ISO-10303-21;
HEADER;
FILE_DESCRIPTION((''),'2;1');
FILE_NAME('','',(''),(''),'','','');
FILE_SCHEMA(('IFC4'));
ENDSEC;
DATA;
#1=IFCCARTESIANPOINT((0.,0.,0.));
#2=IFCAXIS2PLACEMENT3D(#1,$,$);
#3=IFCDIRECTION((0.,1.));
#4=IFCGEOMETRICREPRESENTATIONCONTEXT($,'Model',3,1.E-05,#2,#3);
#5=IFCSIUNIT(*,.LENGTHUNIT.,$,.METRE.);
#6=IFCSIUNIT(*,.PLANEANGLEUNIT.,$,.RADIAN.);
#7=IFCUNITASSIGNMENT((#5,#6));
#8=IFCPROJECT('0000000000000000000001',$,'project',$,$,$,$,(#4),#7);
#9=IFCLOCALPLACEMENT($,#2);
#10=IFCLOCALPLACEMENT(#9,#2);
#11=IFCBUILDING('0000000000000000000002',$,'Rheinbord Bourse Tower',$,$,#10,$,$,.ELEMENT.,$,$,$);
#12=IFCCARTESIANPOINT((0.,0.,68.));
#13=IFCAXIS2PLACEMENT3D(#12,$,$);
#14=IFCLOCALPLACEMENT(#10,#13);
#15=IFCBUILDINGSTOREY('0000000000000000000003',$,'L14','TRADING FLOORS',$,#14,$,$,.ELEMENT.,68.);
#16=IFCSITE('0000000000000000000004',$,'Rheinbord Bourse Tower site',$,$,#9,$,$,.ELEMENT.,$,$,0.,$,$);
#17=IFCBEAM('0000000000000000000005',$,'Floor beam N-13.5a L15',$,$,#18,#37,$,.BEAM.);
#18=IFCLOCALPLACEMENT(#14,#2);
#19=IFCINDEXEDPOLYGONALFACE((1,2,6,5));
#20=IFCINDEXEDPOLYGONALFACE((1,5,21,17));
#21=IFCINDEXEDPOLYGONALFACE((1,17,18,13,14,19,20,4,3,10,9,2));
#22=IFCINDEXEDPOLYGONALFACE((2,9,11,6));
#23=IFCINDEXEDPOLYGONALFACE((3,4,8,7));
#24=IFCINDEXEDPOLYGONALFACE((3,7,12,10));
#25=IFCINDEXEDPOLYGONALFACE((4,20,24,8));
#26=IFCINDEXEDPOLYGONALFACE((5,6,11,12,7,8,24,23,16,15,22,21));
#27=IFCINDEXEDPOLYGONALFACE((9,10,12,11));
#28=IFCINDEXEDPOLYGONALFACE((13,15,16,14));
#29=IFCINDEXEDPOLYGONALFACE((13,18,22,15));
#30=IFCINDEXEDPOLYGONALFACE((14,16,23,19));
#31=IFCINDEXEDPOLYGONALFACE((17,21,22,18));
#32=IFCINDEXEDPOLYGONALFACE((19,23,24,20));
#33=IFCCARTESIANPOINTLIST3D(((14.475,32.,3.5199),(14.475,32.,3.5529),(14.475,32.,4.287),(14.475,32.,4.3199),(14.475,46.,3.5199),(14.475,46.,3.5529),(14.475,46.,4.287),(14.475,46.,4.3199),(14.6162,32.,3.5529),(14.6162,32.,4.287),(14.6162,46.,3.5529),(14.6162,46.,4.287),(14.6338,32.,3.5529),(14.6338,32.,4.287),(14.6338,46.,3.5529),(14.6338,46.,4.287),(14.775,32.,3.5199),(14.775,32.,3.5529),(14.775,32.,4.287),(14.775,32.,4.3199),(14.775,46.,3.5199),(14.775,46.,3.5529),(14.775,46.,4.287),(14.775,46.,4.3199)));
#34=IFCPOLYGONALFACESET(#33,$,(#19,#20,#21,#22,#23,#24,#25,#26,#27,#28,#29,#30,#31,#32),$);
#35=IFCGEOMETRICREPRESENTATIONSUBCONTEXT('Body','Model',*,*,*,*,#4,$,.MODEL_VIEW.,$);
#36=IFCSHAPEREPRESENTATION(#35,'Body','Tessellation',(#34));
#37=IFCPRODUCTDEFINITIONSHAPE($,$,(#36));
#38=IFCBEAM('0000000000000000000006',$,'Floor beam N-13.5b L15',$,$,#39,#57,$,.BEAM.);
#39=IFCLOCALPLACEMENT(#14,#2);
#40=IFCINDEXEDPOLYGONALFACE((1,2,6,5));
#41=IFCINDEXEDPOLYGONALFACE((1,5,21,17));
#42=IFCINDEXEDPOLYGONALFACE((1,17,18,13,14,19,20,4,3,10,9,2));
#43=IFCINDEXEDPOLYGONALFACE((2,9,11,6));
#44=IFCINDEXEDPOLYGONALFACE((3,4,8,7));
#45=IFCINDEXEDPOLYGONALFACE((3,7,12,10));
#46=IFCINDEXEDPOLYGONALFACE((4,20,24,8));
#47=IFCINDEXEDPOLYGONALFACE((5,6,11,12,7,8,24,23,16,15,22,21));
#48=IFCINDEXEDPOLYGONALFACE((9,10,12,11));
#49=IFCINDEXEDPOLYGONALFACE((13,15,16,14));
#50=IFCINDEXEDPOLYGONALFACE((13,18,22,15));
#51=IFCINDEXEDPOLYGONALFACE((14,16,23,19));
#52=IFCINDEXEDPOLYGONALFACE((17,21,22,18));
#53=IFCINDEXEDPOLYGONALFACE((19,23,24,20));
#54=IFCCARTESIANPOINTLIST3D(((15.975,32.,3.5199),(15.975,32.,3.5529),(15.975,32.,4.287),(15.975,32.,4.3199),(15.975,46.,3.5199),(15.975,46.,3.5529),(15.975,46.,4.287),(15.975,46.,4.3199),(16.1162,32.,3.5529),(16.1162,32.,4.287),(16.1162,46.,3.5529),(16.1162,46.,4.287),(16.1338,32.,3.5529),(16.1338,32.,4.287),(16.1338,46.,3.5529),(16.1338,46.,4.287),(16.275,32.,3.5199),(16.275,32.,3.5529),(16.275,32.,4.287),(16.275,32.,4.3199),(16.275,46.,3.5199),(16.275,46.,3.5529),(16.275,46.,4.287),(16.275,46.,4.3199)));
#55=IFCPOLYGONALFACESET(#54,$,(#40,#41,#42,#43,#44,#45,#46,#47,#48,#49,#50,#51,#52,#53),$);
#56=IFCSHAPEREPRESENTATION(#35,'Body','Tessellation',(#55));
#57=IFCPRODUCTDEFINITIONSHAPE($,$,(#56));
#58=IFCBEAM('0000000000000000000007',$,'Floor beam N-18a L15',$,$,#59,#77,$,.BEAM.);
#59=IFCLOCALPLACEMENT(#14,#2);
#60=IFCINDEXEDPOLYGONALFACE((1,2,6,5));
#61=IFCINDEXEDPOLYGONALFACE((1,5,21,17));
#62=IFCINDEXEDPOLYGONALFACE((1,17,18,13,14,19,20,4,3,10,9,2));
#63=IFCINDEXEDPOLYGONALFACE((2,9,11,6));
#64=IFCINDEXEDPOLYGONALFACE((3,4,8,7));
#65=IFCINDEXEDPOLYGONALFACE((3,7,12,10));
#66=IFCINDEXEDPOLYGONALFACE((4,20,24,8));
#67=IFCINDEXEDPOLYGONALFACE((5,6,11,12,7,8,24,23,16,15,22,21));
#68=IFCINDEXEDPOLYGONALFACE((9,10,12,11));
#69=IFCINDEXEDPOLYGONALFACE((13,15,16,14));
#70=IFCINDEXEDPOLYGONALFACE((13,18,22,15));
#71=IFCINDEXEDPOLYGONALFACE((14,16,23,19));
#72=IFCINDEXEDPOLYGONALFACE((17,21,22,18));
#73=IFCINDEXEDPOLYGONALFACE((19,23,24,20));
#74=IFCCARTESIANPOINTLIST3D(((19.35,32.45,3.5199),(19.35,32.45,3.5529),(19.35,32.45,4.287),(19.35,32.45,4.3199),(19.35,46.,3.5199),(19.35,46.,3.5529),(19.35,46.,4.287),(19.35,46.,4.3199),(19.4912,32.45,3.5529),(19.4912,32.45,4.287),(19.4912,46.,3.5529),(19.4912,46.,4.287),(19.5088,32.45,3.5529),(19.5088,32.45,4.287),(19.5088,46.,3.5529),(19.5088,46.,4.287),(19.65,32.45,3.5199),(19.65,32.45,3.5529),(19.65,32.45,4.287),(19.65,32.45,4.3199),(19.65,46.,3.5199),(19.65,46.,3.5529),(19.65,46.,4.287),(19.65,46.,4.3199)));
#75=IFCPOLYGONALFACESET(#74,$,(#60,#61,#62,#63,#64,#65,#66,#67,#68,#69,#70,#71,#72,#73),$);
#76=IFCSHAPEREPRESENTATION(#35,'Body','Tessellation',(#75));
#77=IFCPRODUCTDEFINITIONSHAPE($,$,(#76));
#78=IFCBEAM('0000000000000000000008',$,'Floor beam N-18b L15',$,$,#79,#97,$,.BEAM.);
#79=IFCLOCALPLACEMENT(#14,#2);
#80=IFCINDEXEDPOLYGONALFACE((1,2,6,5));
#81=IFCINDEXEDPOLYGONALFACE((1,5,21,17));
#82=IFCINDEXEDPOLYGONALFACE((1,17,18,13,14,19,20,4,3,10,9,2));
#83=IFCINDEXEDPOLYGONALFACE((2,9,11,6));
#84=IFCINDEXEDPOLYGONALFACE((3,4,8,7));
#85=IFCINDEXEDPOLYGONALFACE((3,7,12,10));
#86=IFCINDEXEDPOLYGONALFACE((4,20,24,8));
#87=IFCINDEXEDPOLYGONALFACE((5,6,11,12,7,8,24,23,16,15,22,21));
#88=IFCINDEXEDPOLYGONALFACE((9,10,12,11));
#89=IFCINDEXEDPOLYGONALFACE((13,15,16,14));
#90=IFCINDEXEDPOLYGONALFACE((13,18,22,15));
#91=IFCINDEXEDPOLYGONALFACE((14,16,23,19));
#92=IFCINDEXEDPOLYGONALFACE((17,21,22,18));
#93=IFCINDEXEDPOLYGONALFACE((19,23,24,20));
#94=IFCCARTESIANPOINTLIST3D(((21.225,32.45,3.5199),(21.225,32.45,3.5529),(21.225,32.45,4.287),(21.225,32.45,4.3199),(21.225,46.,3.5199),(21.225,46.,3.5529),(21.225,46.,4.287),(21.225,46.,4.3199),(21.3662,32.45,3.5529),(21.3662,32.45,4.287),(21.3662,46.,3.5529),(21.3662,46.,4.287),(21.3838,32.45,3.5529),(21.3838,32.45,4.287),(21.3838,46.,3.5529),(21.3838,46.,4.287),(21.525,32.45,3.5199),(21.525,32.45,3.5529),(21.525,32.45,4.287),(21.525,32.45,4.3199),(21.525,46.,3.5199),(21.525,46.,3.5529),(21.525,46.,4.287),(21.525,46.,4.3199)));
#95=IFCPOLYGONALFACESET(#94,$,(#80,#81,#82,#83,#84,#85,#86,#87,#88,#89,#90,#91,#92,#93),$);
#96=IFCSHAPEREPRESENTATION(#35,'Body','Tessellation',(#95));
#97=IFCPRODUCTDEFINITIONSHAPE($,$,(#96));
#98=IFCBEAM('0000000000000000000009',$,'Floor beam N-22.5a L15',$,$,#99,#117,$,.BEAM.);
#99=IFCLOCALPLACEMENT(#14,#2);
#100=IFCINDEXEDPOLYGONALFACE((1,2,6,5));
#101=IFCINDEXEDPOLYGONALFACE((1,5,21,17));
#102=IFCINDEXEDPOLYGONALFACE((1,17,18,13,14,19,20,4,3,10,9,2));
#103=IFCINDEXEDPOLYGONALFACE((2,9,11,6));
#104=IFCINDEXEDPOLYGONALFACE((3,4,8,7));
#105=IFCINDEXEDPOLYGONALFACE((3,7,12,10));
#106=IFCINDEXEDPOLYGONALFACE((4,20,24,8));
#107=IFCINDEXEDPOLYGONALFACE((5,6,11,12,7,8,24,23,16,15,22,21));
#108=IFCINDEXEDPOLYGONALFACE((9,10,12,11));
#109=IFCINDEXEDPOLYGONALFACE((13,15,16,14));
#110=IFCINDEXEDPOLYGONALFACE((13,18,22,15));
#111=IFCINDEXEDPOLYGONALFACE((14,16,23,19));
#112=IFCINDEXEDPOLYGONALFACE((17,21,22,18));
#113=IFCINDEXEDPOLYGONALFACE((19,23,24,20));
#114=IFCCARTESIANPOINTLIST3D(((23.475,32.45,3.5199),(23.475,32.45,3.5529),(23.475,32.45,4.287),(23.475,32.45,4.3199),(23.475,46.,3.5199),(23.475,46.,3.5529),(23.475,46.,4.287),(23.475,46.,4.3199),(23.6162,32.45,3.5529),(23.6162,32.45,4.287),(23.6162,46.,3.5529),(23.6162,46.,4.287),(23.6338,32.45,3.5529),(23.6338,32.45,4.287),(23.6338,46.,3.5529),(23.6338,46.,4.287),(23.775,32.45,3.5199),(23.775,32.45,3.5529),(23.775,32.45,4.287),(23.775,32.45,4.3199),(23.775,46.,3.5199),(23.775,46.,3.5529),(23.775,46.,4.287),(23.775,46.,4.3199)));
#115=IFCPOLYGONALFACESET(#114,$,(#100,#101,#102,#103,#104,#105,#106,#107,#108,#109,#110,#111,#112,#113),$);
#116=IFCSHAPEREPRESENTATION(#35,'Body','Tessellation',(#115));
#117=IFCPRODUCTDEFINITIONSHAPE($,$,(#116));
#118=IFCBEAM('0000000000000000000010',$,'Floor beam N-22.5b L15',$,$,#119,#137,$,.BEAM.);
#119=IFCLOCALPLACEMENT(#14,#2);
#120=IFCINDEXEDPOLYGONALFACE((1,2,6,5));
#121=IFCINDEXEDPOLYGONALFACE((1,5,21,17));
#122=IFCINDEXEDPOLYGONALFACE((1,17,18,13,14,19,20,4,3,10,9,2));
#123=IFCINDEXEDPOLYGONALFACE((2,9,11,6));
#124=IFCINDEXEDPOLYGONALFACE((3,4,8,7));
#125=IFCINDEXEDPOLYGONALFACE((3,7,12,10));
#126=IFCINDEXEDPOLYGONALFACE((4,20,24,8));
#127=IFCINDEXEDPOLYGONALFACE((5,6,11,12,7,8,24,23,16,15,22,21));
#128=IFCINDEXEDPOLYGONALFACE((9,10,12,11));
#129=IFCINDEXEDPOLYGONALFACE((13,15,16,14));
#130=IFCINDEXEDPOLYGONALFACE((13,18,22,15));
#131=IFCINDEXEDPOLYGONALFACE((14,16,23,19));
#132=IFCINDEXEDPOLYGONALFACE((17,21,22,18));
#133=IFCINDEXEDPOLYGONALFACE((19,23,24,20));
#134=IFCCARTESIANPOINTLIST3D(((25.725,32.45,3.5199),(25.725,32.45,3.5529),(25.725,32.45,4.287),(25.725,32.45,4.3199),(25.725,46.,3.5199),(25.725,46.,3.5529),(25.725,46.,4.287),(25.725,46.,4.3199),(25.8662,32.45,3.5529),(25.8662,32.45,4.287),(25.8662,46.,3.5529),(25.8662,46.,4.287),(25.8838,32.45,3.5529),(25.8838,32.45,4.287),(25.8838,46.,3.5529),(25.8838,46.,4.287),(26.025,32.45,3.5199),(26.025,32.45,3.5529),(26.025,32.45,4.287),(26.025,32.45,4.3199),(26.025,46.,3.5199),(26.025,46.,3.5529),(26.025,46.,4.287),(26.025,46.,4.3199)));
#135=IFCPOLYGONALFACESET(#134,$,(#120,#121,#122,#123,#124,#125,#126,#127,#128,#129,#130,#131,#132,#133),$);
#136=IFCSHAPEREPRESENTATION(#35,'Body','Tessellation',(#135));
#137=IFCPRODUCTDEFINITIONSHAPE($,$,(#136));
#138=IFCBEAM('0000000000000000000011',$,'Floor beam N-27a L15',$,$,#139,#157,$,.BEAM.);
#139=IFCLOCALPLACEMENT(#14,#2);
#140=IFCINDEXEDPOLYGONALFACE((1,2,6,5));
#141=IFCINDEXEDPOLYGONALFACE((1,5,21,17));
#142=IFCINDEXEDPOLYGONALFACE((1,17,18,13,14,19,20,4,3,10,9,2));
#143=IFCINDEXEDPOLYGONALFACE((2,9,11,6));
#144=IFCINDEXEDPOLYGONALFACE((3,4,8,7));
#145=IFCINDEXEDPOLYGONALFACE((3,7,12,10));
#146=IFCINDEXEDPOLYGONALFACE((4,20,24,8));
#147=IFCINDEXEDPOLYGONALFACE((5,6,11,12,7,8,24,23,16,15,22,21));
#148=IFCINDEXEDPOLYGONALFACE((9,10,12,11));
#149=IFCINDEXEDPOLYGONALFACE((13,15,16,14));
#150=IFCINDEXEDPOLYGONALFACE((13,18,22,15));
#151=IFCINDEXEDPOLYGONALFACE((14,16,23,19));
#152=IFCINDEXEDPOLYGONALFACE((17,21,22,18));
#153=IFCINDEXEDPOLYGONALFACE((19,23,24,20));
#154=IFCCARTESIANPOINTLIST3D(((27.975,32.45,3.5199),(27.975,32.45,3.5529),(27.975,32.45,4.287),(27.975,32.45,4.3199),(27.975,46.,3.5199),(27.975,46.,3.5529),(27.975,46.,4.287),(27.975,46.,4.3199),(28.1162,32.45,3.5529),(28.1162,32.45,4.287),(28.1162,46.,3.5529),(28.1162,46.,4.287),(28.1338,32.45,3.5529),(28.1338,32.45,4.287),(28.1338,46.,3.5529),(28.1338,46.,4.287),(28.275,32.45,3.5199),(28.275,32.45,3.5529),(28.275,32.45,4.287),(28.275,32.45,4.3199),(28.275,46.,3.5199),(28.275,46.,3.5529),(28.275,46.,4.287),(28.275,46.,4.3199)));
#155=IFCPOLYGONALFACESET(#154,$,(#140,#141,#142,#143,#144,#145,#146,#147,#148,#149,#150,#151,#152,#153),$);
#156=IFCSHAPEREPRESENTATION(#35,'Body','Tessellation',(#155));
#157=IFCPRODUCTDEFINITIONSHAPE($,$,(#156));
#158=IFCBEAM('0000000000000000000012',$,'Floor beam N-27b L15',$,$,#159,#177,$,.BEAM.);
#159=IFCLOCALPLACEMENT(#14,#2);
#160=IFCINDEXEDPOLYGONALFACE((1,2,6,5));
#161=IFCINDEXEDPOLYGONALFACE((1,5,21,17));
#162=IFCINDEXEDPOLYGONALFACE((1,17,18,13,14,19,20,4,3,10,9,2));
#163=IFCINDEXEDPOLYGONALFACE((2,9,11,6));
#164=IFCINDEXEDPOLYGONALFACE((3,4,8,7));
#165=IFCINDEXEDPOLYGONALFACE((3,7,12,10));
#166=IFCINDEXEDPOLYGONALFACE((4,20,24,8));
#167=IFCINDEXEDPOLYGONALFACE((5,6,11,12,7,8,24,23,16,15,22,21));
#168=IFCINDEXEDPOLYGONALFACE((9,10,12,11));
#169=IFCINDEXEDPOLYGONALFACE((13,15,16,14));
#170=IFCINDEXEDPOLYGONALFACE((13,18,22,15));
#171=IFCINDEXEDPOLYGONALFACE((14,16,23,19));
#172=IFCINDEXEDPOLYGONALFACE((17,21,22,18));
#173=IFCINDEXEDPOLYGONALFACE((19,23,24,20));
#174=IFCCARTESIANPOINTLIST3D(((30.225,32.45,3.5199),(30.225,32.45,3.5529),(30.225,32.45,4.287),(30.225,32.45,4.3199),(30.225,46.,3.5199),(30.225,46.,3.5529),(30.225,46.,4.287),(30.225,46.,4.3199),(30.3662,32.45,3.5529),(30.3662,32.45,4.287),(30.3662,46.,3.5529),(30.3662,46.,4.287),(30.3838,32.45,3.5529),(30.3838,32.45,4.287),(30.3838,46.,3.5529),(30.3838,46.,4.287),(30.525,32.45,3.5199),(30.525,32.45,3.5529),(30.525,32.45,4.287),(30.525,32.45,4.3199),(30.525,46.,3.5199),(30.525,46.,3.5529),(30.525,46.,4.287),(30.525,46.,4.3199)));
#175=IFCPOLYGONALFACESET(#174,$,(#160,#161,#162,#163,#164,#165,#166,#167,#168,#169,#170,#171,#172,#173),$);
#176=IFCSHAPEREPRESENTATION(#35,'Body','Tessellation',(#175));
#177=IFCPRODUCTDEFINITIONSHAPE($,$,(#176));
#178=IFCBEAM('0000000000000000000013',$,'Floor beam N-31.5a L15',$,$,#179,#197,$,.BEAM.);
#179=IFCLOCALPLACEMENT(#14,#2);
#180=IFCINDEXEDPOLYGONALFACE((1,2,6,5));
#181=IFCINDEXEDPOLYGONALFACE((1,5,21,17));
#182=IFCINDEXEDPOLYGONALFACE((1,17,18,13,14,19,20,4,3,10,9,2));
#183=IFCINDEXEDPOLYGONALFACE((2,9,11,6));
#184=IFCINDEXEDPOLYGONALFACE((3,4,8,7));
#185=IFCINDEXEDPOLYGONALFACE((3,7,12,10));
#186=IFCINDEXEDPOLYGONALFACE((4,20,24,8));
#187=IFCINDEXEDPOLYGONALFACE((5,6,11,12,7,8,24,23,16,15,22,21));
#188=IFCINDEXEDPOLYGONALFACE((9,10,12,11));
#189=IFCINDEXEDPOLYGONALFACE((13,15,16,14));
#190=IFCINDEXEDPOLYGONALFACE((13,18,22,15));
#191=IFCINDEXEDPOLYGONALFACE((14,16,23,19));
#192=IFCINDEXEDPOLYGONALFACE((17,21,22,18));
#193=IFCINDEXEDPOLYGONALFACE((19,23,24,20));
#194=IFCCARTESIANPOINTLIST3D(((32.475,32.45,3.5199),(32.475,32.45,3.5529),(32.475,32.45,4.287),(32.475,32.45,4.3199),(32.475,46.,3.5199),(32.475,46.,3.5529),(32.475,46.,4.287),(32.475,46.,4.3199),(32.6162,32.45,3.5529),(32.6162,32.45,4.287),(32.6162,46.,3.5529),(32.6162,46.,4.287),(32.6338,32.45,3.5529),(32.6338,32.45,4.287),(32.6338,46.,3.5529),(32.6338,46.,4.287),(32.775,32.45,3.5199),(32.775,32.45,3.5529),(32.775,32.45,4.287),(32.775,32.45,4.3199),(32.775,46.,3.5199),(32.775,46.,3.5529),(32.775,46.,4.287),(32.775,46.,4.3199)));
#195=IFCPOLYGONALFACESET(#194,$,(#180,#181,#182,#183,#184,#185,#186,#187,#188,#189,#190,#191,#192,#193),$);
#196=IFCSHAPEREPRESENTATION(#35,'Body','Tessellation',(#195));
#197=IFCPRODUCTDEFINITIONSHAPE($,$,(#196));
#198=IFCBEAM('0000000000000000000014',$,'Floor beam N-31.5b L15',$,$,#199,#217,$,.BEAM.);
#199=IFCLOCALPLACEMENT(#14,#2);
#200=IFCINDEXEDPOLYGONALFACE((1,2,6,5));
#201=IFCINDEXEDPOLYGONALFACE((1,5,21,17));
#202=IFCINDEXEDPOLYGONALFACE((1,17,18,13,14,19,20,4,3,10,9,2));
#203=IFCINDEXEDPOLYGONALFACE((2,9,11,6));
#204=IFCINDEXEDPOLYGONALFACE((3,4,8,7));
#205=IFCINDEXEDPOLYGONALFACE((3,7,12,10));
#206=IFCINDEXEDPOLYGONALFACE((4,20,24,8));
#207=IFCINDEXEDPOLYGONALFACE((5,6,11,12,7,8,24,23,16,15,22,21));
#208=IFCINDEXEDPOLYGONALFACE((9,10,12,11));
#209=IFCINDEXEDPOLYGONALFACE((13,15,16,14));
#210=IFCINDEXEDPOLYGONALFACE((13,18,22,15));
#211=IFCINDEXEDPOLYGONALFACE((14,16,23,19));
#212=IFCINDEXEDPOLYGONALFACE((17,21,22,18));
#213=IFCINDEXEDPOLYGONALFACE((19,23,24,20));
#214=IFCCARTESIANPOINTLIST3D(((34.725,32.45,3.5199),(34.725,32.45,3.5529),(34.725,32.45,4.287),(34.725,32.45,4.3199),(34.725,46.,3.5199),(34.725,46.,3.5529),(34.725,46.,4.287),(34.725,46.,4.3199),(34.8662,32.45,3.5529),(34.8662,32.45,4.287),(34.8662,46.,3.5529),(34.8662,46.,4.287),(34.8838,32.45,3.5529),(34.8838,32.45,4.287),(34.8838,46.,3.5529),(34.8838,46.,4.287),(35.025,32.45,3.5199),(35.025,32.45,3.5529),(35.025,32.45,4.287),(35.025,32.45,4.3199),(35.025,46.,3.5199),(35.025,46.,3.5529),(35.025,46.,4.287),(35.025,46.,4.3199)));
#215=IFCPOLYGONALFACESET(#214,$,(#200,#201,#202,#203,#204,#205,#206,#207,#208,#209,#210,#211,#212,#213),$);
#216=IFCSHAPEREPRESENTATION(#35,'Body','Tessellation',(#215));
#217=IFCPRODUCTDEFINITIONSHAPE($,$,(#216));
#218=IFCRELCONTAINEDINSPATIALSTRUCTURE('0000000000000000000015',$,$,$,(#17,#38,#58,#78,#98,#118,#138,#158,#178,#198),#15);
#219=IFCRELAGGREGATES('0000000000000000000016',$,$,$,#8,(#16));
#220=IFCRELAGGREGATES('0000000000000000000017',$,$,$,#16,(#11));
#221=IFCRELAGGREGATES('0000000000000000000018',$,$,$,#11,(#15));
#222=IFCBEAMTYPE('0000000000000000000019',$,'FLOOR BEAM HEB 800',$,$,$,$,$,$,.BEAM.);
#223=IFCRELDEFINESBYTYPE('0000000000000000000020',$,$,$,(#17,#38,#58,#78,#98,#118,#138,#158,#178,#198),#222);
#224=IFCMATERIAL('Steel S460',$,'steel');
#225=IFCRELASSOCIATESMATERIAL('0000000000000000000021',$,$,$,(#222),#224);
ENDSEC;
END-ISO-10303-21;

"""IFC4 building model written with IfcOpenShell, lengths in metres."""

from ifc_helpers import new_model, si_unit, direction, frame, origin, origin_2d, place, context, subcontext, project, spatial, i_section, extrude, material, material_profile, profile_set, type_object, element, save


model = new_model("IFC4")

# Units and contexts
model_context = context("Model", 3, precision=1e-05, world=origin(), true_north=direction((0.0, 1.0)))
body_context = subcontext(model_context, "Body", "Model", "MODEL_VIEW")
ifc_project = project(units=[si_unit("LENGTHUNIT", "METRE"), si_unit("PLANEANGLEUNIT", "RADIAN")], contexts=[model_context])

# Site, building, storey
site_placement = place(None, origin())
site = spatial("IfcSite", under=ifc_project, at=site_placement, Name="Rheinbord Bourse Tower site", CompositionType="ELEMENT", RefElevation=0.0)
building_placement = place(site_placement, origin())
building = spatial("IfcBuilding", under=site, at=building_placement, Name="Rheinbord Bourse Tower", CompositionType="ELEMENT")
storey_placement = place(building_placement, frame((0.0, 0.0, 68.0)))
storey = spatial("IfcBuildingStorey", under=building, at=storey_placement, Name="L14", Description="TRADING FLOORS", CompositionType="ELEMENT", Elevation=68.0)

# Beams
ifc_material_1 = material(Name="Steel S460", Category="steel")
ifc_material_profile_1 = material_profile(ifc_material_1, i_section(OverallWidth=0.3, OverallDepth=0.8, WebThickness=0.0176, FlangeThickness=0.033, at=origin_2d()), Name="HEB 800")
ifc_profile_set_1 = profile_set([ifc_material_profile_1], Name="Steel S460")
beam_type_1 = type_object("IfcBeamType", Name="FLOOR BEAM HEB 800", PredefinedType="BEAM", material=ifc_profile_set_1)
for number, where, z_axis, x_axis, name in (
    (1, (14.625, 46.0, 3.9199), (0.0, -1.0, 0.0), (1.0, 0.0, 0.0), "Floor beam N-13.5a L15"),
    (2, (16.125, 46.0, 3.9199), (0.0, -1.0, 0.0), (1.0, 0.0, 0.0), "Floor beam N-13.5b L15"),
):
    element("IfcBeam", number, at=place(storey_placement, frame(where, z_axis=z_axis, x_axis=x_axis)), inside=storey, type_object=beam_type_1, Name=name, PredefinedType="BEAM", context=body_context, shape_type="SweptSolid", body=[
        extrude(i_section(OverallWidth=0.3, OverallDepth=0.8, WebThickness=0.0176, FlangeThickness=0.033, at=origin_2d()), origin(), (0.0, 0.0, 1.0), 14.0),
    ])
for number, where, z_axis, x_axis, name in (
    (3, (19.5, 46.0, 3.9199), (0.0, -1.0, 0.0), (1.0, 0.0, 0.0), "Floor beam N-18a L15"),
    (4, (21.375, 46.0, 3.9199), (0.0, -1.0, 0.0), (1.0, 0.0, 0.0), "Floor beam N-18b L15"),
    (5, (23.625, 46.0, 3.9199), (0.0, -1.0, 0.0), (1.0, 0.0, 0.0), "Floor beam N-22.5a L15"),
    (6, (25.875, 46.0, 3.9199), (0.0, -1.0, 0.0), (1.0, 0.0, 0.0), "Floor beam N-22.5b L15"),
    (7, (28.125, 46.0, 3.9199), (0.0, -1.0, 0.0), (1.0, 0.0, 0.0), "Floor beam N-27a L15"),
    (8, (30.375, 46.0, 3.9199), (0.0, -1.0, 0.0), (1.0, 0.0, 0.0), "Floor beam N-27b L15"),
    (9, (32.625, 46.0, 3.9199), (0.0, -1.0, 0.0), (1.0, 0.0, 0.0), "Floor beam N-31.5a L15"),
    (10, (34.875, 46.0, 3.9199), (0.0, -1.0, 0.0), (1.0, 0.0, 0.0), "Floor beam N-31.5b L15"),
):
    element("IfcBeam", number, at=place(storey_placement, frame(where, z_axis=z_axis, x_axis=x_axis)), inside=storey, type_object=beam_type_1, Name=name, PredefinedType="BEAM", context=body_context, shape_type="SweptSolid", body=[
        extrude(i_section(OverallWidth=0.3, OverallDepth=0.8, WebThickness=0.0176, FlangeThickness=0.033, at=origin_2d()), origin(), (0.0, 0.0, 1.0), 13.55),
    ])

save(model, "model.ifc")
